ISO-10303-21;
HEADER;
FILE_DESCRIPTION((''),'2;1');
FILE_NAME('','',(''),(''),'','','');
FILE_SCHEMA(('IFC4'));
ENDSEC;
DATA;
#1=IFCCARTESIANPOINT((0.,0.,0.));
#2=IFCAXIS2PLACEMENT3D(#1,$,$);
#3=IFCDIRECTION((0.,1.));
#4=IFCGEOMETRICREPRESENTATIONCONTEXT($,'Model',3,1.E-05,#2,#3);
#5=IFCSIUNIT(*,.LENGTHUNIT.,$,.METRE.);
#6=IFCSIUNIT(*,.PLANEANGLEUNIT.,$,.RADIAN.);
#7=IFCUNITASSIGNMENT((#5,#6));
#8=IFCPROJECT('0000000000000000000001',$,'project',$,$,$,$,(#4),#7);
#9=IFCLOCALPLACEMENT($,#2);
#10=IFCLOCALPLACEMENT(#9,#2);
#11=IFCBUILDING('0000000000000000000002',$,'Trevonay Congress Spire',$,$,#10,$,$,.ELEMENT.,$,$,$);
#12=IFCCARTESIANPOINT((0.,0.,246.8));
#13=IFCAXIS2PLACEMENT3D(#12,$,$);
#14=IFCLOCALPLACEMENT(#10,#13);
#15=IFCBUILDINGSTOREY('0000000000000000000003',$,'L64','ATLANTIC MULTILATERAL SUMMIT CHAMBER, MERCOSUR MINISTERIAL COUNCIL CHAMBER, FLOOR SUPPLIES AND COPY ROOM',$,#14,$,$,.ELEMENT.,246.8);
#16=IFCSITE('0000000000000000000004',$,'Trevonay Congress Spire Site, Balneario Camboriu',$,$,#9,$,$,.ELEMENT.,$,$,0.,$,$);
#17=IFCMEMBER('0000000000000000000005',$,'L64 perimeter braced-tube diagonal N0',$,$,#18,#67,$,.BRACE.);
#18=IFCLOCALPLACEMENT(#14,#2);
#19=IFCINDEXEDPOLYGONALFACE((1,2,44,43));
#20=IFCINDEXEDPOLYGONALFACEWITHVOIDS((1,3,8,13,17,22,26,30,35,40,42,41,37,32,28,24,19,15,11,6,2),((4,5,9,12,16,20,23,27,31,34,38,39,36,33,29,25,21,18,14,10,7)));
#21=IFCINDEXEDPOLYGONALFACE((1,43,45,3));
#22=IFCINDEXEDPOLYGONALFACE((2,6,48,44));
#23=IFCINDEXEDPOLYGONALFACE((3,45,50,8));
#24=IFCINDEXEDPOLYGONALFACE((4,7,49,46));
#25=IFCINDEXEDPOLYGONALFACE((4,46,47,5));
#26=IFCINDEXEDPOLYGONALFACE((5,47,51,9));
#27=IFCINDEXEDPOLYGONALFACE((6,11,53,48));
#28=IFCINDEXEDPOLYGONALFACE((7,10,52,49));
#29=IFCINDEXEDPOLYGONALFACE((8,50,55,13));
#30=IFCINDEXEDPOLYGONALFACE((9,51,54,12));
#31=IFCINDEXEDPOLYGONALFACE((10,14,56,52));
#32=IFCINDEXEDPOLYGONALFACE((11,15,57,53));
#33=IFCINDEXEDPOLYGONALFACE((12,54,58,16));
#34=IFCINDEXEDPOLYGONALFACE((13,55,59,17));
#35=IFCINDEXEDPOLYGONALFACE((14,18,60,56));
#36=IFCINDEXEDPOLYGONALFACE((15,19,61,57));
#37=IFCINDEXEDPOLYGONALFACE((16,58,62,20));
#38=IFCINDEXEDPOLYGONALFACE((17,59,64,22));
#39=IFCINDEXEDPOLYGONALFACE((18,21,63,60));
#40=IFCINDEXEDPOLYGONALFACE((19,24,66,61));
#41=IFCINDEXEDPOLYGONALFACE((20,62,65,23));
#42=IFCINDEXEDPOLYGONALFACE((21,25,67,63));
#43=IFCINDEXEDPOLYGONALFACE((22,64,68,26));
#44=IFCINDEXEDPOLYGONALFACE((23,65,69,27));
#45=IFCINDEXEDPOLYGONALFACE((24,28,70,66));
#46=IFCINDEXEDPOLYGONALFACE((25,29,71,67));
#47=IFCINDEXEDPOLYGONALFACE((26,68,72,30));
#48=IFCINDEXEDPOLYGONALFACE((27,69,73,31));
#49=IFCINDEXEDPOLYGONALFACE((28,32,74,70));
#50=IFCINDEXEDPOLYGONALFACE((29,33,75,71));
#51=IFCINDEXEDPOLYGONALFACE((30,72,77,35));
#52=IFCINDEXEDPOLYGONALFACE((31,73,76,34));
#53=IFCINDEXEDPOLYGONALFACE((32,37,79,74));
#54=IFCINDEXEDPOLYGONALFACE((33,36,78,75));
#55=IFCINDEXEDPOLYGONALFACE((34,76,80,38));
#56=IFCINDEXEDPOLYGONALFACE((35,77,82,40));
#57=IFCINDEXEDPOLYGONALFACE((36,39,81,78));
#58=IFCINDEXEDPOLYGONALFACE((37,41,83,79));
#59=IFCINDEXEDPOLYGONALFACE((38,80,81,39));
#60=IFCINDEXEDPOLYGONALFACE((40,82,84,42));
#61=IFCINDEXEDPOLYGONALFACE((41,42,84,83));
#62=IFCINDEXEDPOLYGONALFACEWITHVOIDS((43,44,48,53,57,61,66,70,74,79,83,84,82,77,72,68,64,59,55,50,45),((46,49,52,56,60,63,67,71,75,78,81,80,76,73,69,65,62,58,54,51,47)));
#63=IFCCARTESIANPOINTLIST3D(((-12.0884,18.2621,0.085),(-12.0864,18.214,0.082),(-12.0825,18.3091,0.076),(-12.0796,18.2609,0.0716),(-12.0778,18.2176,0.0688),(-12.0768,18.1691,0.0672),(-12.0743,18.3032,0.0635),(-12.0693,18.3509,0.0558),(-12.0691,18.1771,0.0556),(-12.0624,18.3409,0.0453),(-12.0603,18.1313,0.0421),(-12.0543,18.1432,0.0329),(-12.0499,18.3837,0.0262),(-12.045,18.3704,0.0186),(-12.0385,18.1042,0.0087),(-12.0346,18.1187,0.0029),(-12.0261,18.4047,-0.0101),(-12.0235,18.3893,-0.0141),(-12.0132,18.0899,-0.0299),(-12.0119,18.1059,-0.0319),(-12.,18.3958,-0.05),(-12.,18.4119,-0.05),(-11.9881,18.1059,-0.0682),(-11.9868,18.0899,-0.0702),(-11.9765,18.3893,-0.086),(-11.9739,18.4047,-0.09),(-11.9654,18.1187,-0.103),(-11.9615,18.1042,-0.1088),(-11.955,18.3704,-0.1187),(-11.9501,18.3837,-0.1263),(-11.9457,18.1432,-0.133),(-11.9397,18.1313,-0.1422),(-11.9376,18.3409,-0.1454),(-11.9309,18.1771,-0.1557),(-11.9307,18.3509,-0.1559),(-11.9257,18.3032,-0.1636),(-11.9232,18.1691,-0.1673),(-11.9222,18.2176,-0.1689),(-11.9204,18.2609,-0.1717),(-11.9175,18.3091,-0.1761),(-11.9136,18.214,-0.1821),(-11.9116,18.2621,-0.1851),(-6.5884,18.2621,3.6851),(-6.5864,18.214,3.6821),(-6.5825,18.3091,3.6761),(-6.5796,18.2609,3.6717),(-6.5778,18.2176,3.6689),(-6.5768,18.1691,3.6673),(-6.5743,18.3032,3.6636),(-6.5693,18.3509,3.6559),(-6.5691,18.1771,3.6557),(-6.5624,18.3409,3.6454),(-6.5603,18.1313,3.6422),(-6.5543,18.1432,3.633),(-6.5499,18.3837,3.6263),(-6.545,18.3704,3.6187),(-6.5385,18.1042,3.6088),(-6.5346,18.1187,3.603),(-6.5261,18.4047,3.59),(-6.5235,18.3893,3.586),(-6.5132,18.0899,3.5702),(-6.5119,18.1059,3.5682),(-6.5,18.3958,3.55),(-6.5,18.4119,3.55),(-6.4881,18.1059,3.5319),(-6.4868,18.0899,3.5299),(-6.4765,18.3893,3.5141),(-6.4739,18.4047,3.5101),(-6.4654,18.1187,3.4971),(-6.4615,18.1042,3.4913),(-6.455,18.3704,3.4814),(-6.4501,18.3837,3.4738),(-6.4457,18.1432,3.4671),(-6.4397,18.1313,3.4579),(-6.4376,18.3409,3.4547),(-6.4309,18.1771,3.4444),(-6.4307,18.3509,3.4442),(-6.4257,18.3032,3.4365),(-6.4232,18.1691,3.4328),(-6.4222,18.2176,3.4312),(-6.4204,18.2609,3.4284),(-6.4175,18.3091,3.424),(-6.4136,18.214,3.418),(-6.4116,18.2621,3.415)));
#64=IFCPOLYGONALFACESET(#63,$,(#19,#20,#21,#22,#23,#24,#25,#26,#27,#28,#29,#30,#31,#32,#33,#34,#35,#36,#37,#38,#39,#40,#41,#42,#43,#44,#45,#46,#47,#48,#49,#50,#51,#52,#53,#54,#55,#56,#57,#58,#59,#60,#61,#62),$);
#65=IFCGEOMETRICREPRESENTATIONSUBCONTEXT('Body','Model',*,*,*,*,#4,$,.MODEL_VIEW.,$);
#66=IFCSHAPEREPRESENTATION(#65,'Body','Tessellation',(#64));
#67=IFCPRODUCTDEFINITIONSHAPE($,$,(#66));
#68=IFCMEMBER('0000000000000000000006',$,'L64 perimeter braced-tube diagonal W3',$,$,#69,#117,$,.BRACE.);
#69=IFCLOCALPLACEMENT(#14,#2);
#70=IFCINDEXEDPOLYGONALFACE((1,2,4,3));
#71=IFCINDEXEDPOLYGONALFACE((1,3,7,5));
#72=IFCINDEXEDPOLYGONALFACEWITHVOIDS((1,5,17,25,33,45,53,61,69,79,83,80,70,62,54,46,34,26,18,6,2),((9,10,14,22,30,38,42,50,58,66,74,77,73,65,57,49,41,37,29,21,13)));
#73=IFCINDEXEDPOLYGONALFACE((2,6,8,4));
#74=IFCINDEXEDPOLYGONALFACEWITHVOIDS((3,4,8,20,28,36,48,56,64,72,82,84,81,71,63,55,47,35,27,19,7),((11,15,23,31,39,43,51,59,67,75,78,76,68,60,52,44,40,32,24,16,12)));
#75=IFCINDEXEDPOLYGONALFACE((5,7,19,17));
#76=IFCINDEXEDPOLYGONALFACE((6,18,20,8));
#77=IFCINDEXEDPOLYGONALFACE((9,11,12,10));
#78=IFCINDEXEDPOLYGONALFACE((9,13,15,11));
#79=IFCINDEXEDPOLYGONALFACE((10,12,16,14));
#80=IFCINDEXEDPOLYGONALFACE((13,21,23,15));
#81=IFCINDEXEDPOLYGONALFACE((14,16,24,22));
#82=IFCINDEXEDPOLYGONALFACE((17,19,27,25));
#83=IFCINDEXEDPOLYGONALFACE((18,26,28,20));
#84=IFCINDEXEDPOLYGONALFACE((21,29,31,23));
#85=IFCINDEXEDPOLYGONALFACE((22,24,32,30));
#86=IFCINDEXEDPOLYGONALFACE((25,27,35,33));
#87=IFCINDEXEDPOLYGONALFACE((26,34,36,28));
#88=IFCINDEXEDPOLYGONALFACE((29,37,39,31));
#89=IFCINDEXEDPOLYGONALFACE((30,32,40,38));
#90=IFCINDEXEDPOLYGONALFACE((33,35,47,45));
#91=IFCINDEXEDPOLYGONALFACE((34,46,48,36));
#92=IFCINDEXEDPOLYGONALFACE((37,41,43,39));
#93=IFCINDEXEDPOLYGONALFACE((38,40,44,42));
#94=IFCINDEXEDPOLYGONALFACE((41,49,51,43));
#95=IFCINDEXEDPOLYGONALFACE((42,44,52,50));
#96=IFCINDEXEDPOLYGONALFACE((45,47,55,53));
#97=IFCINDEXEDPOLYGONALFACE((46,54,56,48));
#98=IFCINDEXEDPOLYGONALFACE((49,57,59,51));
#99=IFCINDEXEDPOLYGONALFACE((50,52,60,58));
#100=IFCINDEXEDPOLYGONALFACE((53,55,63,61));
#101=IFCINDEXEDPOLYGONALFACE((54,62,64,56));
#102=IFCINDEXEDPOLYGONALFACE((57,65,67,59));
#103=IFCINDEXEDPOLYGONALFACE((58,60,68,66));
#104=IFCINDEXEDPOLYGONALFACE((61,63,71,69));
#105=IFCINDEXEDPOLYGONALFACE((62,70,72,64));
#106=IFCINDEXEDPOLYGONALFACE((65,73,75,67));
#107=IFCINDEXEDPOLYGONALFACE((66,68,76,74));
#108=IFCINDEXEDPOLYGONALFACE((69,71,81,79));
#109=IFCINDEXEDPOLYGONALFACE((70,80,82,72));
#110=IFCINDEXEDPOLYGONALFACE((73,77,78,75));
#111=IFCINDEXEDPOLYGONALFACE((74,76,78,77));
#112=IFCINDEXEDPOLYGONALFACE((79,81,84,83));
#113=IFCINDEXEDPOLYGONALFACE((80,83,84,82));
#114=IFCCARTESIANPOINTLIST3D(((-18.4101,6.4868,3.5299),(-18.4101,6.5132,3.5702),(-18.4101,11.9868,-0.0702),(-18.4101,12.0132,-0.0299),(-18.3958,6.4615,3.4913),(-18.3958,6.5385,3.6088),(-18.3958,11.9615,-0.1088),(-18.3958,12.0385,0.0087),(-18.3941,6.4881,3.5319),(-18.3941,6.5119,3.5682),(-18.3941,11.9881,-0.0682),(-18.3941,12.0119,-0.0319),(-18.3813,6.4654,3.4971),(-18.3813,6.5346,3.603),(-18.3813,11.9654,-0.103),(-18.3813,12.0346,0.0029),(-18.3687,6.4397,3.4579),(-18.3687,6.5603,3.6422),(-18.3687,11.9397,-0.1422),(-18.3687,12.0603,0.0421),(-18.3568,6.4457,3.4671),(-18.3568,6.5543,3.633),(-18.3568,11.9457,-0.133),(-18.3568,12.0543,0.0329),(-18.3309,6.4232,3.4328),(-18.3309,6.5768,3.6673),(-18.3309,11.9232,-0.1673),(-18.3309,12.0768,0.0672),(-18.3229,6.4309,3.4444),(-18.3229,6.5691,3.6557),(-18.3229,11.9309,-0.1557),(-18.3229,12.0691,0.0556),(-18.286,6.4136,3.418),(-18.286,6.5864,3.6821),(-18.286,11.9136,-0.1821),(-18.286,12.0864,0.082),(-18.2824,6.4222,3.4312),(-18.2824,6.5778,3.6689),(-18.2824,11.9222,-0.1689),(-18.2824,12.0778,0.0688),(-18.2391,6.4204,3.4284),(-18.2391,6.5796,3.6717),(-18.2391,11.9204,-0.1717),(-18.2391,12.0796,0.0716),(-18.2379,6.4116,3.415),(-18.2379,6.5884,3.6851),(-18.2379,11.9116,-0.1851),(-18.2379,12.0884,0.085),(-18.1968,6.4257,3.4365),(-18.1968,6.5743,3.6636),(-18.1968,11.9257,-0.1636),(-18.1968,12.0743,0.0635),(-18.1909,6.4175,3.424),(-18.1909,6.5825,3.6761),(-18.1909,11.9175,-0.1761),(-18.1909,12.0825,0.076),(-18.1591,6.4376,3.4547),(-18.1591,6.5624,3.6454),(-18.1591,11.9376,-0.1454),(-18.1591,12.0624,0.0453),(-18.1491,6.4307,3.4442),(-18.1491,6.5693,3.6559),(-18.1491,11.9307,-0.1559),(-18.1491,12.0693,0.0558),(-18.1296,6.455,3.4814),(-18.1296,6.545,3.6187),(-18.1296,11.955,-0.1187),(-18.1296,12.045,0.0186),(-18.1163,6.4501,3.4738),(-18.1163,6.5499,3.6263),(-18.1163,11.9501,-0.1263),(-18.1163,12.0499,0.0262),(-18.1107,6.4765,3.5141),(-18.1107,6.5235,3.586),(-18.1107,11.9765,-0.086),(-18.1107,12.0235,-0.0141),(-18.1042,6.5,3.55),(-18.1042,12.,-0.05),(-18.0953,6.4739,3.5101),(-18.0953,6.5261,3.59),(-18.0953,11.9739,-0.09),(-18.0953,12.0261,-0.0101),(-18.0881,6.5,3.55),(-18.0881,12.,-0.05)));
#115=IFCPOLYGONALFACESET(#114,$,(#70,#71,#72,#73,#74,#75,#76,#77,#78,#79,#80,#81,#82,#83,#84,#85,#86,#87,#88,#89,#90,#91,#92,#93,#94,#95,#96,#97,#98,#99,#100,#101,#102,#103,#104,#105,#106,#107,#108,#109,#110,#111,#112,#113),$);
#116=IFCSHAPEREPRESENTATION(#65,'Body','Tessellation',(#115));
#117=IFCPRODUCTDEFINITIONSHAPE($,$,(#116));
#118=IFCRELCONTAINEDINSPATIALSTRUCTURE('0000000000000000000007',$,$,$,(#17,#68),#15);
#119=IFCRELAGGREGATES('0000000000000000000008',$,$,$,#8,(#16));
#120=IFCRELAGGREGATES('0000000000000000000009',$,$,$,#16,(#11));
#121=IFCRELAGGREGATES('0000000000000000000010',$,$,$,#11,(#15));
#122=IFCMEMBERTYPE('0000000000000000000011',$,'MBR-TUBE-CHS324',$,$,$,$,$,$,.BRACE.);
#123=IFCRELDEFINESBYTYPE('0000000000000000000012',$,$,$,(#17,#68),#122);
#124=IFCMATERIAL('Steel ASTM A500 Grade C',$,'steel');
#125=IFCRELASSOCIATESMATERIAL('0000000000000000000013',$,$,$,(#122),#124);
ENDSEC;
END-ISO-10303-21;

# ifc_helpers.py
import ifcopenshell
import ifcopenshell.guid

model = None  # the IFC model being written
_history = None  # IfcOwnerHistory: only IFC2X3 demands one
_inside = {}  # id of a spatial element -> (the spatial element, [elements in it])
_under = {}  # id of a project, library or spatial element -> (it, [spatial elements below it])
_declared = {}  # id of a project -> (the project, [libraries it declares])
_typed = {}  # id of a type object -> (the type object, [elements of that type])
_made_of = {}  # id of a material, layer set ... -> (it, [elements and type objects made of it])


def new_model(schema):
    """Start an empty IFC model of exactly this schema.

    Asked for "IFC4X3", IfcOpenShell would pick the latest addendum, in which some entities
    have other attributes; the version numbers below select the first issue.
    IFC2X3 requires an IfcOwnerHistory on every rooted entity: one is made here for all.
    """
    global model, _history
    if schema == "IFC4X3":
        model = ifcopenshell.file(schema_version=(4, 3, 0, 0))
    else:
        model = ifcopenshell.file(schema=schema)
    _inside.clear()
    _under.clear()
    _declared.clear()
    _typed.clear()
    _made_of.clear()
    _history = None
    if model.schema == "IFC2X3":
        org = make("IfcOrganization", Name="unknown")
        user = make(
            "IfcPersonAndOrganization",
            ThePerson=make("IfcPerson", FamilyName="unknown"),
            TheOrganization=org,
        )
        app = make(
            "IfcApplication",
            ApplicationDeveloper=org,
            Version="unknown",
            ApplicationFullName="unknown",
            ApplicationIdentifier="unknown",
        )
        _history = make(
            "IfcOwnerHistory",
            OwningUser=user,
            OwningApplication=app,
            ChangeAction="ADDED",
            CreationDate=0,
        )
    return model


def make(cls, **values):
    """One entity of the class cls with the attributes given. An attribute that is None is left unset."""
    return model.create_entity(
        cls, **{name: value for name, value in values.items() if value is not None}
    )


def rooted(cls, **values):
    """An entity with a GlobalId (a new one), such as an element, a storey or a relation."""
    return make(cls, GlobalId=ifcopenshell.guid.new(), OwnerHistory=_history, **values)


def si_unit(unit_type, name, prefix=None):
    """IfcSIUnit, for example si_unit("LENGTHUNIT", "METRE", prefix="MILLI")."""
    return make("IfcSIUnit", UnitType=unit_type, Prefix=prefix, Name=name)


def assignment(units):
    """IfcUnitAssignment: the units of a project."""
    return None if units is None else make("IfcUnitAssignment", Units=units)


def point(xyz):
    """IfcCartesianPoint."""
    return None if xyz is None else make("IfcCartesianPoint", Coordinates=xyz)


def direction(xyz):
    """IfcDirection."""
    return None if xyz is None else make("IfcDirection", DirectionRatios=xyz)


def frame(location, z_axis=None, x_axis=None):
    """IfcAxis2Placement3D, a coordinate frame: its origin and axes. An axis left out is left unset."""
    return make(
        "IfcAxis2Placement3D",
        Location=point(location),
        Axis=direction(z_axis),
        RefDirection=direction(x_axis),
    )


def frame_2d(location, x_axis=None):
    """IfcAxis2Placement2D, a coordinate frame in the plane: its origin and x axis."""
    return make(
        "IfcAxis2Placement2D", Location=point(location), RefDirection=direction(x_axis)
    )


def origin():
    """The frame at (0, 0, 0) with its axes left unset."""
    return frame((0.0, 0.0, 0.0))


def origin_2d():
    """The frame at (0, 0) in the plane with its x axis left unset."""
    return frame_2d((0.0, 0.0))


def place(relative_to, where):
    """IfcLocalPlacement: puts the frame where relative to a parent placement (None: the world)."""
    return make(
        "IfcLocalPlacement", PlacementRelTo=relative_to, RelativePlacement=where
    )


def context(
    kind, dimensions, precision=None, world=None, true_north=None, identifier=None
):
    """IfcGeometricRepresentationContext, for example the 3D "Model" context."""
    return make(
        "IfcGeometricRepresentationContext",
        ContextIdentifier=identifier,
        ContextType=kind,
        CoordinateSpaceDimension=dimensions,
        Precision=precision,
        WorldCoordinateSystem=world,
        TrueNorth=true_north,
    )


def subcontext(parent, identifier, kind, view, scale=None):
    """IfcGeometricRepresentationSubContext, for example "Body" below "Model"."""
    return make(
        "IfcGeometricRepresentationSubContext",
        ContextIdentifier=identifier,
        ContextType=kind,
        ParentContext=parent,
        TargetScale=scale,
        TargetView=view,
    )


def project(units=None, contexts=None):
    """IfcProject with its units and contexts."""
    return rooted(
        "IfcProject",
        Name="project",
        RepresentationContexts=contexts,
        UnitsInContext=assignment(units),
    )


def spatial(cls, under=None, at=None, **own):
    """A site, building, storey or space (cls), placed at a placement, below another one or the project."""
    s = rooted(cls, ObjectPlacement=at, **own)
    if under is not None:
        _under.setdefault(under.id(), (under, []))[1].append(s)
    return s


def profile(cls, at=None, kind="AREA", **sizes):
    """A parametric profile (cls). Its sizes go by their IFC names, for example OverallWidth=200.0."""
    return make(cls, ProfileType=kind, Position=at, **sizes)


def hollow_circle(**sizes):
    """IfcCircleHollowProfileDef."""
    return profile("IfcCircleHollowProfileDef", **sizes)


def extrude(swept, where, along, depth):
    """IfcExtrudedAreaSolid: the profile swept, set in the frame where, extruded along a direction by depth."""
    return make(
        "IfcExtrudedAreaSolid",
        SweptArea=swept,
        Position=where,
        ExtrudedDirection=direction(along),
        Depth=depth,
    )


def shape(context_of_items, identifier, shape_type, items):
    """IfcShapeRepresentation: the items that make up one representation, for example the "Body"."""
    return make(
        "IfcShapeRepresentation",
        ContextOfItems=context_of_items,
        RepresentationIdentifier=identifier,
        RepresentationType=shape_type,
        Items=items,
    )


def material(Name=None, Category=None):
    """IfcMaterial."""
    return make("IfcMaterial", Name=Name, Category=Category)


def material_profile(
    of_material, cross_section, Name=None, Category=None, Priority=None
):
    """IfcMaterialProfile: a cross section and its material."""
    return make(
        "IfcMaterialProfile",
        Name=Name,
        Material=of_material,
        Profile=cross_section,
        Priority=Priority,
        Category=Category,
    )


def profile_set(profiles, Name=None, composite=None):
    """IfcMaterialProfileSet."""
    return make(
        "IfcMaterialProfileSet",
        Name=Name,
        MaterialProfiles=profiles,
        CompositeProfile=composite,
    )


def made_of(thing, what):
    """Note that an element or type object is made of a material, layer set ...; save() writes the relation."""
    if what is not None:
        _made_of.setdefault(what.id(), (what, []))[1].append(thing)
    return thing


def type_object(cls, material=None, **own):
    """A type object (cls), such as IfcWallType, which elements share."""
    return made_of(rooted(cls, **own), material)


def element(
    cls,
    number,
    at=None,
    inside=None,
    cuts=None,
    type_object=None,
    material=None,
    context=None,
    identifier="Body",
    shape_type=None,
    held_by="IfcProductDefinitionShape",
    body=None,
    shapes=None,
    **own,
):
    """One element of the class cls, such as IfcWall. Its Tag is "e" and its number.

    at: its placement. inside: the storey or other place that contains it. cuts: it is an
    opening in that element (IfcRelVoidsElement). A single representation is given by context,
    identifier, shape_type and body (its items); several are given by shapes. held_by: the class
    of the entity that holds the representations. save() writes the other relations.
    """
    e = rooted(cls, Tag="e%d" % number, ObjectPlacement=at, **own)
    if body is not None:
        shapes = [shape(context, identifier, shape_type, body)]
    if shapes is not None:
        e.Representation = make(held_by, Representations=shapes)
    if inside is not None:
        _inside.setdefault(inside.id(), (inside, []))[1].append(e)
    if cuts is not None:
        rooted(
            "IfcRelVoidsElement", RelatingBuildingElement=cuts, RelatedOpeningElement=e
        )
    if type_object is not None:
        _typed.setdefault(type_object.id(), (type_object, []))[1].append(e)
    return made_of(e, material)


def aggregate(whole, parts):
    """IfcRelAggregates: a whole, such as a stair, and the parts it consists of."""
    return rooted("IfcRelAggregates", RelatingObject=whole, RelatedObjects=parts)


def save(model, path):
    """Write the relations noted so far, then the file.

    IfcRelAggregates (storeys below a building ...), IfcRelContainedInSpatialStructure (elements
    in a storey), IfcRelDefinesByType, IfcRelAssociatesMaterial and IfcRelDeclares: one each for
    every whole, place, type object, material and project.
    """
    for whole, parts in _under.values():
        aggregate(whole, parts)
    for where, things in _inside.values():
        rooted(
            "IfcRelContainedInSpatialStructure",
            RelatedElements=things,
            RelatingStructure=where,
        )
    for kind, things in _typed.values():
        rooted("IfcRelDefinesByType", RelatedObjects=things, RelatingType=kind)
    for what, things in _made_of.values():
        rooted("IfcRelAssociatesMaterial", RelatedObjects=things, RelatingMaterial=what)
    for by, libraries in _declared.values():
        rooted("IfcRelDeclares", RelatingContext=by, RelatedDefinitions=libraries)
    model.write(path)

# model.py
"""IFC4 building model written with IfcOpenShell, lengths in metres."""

from ifc_helpers import new_model, si_unit, direction, frame, origin, origin_2d, place, context, subcontext, project, spatial, hollow_circle, extrude, material, material_profile, profile_set, type_object, element, save


model = new_model("IFC4")

# Units and contexts
model_context = context("Model", 3, precision=1e-05, world=origin(), true_north=direction((0.0, 1.0)))
body_context = subcontext(model_context, "Body", "Model", "MODEL_VIEW")
ifc_project = project(units=[si_unit("LENGTHUNIT", "METRE"), si_unit("PLANEANGLEUNIT", "RADIAN")], contexts=[model_context])

# Site, building, storey
site_placement = place(None, origin())
site = spatial("IfcSite", under=ifc_project, at=site_placement, Name="Trevonay Congress Spire Site, Balneario Camboriu", CompositionType="ELEMENT", RefElevation=0.0)
building_placement = place(site_placement, origin())
building = spatial("IfcBuilding", under=site, at=building_placement, Name="Trevonay Congress Spire", CompositionType="ELEMENT")
storey_placement = place(building_placement, frame((0.0, 0.0, 246.8)))
storey = spatial("IfcBuildingStorey", under=building, at=storey_placement, Name="L64", Description="ATLANTIC MULTILATERAL SUMMIT CHAMBER, MERCOSUR MINISTERIAL COUNCIL CHAMBER, FLOOR SUPPLIES AND COPY ROOM", CompositionType="ELEMENT", Elevation=246.8)

# Members
ifc_material_1 = material(Name="Steel ASTM A500 Grade C", Category="steel")
ifc_material_profile_1 = material_profile(ifc_material_1, hollow_circle(Radius=0.1619, WallThickness=0.0161, at=origin_2d()), Name="CHS 323.9x16")
ifc_profile_set_1 = profile_set([ifc_material_profile_1], Name="Steel ASTM A500 Grade C")
member_type = type_object("IfcMemberType", Name="MBR-TUBE-CHS324", PredefinedType="BRACE", material=ifc_profile_set_1)
for number, where, z_axis, x_axis, name in (
    (1, (-12.0, 18.25, -0.05), (0.836695, 0.0, 0.54767), (0.0, 1.0, 0.0), "L64 perimeter braced-tube diagonal N0"),
    (2, (-18.25, 12.0, -0.05), (0.0, -0.836695, 0.54767), (1.0, 0.0, 0.0), "L64 perimeter braced-tube diagonal W3"),
):
    element("IfcMember", number, at=place(storey_placement, frame(where, z_axis=z_axis, x_axis=x_axis)), inside=storey, type_object=member_type, Name=name, PredefinedType="BRACE", context=body_context, shape_type="SweptSolid", body=[
        extrude(hollow_circle(Radius=0.1619, WallThickness=0.0161, at=origin_2d()), origin(), (0.0, 0.0, 1.0), 6.5735),
    ])

save(model, "model.ifc")
